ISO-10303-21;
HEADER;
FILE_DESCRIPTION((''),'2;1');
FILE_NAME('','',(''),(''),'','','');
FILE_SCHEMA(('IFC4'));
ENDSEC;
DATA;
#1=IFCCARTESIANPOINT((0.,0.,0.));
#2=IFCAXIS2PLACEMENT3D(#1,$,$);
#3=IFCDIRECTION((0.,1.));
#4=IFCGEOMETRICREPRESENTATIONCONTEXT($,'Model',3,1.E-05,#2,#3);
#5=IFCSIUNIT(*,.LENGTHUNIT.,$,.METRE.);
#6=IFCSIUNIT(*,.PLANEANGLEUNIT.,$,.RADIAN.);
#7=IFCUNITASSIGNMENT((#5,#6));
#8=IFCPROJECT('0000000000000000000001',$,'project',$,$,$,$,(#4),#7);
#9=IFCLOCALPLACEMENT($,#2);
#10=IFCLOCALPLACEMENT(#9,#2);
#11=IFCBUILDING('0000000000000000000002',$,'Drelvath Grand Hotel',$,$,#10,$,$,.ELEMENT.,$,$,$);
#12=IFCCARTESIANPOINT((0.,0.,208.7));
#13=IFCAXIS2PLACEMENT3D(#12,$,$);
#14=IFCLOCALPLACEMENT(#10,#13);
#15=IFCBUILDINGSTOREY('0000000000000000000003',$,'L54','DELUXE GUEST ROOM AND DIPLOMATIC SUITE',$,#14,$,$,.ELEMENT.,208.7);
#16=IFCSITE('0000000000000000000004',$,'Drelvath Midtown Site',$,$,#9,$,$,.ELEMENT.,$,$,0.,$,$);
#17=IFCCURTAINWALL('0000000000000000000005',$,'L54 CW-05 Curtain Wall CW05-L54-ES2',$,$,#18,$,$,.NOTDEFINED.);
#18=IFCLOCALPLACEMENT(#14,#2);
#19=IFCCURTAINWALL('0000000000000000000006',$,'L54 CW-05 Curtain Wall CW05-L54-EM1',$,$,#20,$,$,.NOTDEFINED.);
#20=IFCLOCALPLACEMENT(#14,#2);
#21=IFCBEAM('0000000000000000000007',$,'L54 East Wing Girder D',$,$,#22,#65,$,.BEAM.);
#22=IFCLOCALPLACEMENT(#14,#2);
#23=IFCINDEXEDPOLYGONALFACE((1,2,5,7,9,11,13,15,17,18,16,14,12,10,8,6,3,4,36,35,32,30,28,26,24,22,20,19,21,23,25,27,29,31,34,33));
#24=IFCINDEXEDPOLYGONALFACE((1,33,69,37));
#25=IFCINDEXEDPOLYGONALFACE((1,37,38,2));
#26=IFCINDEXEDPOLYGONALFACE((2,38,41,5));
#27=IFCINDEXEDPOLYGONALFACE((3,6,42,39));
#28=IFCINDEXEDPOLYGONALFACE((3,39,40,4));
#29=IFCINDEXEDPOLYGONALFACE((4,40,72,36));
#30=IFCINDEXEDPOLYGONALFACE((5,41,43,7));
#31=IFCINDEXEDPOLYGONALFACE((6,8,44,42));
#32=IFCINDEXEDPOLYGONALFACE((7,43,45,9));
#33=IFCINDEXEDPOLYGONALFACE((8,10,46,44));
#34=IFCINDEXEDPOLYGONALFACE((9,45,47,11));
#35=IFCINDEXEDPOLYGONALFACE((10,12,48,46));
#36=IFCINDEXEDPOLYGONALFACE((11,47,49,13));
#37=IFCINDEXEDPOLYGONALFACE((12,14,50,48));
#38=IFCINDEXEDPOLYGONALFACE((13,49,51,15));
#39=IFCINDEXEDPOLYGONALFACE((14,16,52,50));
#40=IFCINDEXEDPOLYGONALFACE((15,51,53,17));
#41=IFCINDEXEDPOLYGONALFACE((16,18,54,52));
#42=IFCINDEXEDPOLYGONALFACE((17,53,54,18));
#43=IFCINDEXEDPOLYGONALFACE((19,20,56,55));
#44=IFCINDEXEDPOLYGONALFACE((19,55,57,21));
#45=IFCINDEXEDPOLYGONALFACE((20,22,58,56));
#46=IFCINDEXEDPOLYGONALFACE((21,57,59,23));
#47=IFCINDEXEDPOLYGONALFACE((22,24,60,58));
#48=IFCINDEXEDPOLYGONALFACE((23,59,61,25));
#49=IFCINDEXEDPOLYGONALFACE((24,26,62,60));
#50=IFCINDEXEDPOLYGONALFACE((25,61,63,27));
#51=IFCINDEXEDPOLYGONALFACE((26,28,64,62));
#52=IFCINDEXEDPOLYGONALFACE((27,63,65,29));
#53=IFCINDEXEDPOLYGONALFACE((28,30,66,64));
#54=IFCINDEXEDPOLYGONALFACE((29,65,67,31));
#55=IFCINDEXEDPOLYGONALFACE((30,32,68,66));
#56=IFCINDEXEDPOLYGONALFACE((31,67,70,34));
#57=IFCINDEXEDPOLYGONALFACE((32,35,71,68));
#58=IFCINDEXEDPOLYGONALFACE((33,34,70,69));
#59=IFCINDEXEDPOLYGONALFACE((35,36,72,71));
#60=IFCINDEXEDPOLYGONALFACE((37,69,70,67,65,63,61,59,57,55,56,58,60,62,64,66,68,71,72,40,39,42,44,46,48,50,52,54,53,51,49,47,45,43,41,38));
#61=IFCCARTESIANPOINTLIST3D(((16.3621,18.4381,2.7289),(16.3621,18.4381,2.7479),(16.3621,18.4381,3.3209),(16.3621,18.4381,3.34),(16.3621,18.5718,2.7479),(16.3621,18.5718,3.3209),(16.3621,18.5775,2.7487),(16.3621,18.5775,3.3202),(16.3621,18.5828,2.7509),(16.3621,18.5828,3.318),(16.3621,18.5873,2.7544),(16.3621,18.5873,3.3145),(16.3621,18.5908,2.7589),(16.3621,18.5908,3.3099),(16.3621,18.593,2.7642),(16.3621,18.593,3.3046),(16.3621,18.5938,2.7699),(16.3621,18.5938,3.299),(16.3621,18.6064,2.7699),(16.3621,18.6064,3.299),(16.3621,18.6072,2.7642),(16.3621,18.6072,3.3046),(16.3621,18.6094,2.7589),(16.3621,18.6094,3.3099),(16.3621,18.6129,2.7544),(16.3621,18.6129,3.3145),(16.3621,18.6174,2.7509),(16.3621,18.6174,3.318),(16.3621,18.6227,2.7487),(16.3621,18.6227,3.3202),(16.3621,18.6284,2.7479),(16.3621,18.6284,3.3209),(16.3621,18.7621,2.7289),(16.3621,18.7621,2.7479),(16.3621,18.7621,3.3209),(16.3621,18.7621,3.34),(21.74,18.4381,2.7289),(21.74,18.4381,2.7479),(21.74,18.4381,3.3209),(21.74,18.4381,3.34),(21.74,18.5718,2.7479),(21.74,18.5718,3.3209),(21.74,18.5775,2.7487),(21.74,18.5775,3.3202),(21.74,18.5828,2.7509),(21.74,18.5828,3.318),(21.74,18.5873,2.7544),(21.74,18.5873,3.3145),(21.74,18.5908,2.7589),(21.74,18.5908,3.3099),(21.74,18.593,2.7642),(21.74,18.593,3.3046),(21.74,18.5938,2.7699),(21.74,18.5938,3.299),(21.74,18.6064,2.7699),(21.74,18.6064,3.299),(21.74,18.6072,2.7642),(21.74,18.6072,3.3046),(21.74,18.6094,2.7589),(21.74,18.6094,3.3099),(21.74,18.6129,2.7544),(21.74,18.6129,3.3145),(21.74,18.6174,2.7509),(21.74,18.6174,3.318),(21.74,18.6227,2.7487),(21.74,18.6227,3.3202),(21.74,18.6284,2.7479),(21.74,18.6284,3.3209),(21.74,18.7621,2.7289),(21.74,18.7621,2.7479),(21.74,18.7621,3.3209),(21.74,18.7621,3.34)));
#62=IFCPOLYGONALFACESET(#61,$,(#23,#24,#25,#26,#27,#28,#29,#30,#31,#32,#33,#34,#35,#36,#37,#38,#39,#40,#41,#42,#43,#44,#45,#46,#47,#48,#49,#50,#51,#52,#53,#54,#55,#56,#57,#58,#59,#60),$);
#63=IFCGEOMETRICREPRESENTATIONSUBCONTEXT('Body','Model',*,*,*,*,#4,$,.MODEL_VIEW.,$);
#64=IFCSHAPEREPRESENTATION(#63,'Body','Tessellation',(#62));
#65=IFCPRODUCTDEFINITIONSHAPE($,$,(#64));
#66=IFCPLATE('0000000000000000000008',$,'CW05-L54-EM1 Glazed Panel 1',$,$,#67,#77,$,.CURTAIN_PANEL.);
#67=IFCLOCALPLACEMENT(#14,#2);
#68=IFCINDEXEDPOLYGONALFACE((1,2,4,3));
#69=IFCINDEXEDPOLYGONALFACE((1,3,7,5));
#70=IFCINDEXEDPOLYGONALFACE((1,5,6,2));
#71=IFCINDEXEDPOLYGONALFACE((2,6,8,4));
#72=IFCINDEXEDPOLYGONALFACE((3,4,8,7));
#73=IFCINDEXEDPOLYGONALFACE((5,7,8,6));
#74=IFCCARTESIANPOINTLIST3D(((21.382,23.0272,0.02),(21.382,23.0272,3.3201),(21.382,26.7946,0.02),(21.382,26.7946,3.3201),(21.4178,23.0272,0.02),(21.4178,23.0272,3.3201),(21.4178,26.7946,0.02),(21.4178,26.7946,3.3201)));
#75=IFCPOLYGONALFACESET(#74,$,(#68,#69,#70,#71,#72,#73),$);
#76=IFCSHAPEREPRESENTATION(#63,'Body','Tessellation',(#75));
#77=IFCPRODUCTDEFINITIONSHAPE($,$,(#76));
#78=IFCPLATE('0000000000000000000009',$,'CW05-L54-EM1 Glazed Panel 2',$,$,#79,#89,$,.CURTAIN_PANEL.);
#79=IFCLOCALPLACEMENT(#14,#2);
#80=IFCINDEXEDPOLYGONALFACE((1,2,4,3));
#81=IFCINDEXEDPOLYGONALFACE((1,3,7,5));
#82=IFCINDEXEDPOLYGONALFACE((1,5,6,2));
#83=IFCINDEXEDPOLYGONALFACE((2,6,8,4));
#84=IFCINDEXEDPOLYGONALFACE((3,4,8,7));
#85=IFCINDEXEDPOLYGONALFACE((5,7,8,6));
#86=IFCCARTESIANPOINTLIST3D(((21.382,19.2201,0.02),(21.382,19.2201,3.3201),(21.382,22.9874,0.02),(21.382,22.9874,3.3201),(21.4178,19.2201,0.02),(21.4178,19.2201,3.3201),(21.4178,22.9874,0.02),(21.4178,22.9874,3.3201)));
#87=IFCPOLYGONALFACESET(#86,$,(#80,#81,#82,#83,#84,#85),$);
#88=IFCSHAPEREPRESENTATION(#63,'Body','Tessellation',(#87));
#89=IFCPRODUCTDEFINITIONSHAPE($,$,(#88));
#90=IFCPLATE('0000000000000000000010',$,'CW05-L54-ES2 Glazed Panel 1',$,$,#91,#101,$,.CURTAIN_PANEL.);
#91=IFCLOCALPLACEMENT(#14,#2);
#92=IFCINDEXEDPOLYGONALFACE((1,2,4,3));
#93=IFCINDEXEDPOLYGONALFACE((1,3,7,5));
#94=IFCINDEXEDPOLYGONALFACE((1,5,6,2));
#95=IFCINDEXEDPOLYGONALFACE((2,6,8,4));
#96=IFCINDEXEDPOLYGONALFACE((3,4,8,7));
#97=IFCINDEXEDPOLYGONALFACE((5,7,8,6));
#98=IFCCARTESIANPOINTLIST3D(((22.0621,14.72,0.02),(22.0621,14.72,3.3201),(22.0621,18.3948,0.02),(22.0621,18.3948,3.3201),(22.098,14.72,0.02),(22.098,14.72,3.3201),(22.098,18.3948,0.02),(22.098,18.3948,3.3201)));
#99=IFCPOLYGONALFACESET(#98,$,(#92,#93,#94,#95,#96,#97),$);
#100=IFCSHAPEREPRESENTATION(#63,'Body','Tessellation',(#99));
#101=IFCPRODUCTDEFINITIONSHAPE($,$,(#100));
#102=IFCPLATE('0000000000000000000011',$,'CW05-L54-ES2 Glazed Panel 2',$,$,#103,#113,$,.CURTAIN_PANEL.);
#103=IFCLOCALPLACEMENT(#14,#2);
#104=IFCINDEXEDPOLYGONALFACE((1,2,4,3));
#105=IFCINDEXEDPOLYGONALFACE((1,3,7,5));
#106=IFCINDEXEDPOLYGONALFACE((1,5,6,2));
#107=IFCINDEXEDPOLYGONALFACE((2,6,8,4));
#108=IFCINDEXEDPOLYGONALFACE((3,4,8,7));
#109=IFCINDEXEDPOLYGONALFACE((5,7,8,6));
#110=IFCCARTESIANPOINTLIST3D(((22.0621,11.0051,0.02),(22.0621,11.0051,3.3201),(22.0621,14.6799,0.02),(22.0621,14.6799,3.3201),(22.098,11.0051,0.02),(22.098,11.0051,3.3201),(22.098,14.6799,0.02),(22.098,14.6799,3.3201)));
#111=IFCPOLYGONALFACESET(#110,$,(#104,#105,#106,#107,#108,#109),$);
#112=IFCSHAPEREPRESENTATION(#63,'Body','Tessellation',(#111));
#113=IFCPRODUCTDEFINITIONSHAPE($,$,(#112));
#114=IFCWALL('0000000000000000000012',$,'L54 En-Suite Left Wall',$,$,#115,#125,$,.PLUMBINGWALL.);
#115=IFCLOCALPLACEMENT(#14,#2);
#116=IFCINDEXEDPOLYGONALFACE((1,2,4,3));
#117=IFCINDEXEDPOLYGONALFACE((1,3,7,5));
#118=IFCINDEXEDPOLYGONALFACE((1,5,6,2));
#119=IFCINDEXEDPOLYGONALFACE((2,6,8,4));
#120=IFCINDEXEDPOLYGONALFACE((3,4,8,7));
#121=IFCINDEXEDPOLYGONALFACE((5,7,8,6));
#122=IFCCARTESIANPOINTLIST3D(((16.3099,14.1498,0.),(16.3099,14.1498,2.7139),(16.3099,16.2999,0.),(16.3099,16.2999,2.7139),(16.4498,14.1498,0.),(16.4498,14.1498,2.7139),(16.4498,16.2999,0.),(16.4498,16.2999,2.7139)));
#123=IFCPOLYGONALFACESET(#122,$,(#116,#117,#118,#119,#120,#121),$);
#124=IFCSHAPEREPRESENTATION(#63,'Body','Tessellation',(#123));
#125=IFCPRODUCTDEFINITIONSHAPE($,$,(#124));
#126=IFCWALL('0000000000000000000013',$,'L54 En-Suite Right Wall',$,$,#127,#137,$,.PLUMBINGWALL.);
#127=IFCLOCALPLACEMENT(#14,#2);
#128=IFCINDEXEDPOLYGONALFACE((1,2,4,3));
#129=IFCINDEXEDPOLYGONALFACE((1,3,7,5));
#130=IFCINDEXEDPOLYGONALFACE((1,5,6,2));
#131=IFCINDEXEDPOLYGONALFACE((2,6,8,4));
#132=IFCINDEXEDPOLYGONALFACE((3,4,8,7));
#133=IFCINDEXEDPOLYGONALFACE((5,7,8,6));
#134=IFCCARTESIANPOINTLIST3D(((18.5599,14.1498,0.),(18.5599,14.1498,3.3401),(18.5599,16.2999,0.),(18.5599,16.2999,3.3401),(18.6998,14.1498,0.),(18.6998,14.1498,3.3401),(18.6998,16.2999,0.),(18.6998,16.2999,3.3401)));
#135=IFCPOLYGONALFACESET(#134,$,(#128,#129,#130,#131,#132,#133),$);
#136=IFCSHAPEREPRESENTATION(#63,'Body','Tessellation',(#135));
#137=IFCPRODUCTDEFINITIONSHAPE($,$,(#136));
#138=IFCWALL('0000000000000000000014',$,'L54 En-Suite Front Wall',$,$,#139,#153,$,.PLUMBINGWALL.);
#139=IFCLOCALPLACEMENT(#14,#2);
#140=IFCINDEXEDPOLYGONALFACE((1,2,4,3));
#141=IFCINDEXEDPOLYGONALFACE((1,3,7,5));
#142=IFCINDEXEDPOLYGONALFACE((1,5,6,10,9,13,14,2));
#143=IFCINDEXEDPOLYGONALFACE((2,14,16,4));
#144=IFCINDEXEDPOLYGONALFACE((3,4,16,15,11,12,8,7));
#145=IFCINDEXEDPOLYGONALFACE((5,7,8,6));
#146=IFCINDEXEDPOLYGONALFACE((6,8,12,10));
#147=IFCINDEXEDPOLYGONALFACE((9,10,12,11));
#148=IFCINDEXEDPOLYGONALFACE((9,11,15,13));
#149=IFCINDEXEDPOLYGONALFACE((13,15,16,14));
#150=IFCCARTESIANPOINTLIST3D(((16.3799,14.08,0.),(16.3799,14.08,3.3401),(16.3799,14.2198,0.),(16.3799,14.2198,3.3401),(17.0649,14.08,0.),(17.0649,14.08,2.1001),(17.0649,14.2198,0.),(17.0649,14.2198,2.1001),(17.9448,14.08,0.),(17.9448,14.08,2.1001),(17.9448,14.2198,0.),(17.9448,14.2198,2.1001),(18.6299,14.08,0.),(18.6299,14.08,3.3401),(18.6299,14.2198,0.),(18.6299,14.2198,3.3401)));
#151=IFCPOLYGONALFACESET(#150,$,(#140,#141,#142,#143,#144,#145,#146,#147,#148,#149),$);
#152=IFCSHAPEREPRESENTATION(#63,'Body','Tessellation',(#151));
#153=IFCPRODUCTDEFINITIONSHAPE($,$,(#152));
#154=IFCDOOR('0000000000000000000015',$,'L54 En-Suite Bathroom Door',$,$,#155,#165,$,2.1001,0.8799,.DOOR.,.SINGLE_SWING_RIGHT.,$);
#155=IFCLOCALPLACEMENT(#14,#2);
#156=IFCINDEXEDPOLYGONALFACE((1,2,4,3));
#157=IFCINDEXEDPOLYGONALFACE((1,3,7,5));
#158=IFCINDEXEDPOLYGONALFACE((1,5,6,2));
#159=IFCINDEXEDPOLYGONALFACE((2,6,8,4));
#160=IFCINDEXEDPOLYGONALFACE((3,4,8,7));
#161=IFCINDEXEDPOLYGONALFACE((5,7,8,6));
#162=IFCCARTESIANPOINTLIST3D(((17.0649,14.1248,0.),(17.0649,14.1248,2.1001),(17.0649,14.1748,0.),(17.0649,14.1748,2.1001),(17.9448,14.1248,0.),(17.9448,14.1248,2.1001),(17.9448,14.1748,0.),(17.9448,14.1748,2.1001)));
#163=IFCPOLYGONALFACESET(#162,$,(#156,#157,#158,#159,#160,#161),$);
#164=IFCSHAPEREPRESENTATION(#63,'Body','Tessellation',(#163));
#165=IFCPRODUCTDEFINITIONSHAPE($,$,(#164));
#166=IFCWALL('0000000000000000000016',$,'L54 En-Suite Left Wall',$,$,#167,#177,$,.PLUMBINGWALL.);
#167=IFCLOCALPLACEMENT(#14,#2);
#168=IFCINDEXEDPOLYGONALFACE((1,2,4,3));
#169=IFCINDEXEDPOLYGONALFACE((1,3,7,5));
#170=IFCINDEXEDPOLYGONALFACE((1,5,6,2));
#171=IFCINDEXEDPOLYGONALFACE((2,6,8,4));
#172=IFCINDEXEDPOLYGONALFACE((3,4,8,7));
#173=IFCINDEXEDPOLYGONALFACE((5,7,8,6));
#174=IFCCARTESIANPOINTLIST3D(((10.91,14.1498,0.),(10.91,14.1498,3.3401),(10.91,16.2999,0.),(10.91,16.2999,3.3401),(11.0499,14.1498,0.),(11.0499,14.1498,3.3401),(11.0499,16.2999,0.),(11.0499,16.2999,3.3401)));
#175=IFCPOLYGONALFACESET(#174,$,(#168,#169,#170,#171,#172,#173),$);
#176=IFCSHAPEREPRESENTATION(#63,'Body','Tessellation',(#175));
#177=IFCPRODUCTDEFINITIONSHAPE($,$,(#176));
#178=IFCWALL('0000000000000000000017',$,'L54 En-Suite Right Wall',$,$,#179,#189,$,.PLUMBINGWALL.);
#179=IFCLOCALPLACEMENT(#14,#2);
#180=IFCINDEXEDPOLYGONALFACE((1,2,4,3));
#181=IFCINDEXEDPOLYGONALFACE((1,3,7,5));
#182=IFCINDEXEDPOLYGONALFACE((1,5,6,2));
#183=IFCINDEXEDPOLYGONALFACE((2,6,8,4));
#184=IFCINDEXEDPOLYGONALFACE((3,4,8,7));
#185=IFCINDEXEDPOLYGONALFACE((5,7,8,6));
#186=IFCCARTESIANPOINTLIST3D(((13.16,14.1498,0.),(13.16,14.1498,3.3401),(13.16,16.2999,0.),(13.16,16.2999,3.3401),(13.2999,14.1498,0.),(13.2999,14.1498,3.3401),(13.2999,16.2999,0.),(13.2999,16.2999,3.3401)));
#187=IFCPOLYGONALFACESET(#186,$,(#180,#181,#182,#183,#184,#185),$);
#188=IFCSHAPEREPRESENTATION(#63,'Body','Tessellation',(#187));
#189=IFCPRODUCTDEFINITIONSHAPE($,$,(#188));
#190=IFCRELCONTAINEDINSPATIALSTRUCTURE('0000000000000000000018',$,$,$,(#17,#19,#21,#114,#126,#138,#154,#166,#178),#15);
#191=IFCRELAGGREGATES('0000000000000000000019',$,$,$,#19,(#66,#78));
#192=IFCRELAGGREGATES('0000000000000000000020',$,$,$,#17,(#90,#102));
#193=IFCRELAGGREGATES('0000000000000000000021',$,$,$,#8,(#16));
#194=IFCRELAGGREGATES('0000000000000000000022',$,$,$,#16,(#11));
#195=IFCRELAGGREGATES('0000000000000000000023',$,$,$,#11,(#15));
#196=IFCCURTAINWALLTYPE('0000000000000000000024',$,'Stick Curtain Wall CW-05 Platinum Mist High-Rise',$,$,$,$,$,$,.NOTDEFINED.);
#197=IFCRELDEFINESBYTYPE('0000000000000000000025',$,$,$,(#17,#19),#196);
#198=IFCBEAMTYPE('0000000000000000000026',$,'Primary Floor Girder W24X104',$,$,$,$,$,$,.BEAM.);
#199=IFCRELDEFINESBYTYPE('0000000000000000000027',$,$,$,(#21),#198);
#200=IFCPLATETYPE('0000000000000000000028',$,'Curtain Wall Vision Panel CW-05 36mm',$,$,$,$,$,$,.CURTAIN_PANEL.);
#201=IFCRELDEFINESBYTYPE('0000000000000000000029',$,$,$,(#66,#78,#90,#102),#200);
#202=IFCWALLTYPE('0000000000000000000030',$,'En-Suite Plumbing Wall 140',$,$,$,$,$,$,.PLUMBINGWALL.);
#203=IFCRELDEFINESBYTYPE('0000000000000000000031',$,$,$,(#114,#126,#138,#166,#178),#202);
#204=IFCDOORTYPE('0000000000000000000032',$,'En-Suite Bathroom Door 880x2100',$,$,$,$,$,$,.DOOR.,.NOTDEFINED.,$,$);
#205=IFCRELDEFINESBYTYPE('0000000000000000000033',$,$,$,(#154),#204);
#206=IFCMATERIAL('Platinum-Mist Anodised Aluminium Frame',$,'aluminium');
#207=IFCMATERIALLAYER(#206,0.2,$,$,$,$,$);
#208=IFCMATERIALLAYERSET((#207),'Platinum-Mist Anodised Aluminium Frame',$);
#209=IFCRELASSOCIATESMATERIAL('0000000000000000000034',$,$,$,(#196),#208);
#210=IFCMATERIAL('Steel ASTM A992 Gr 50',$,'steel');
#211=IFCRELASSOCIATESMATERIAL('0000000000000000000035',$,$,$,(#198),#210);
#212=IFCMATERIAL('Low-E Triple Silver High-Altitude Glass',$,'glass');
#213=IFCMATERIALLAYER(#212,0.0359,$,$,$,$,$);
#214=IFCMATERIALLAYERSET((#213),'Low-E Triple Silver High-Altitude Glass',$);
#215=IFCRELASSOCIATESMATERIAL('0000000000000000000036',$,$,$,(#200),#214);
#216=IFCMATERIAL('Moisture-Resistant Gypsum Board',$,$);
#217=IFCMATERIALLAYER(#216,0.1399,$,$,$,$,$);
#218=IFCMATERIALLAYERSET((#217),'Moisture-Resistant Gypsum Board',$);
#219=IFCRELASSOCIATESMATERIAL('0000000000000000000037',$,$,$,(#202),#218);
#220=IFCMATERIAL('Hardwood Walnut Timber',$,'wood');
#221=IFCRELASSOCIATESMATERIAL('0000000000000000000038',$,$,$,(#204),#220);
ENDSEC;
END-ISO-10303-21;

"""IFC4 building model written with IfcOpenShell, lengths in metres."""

from ifc_helpers import new_model, si_unit, direction, frame, frame_2d, origin, origin_2d, place, context, subcontext, project, spatial, rectangle, i_section, extrude, material, layer, layer_set, material_profile, profile_set, type_object, element, fill, aggregate, save


model = new_model("IFC4")

# Units and contexts
model_context = context("Model", 3, precision=1e-05, world=origin(), true_north=direction((0.0, 1.0)))
body_context = subcontext(model_context, "Body", "Model", "MODEL_VIEW")
ifc_project = project(units=[si_unit("LENGTHUNIT", "METRE"), si_unit("PLANEANGLEUNIT", "RADIAN")], contexts=[model_context])

# Site, building, storey
site_placement = place(None, origin())
site = spatial("IfcSite", under=ifc_project, at=site_placement, Name="Drelvath Midtown Site", CompositionType="ELEMENT", RefElevation=0.0)
building_placement = place(site_placement, origin())
building = spatial("IfcBuilding", under=site, at=building_placement, Name="Drelvath Grand Hotel", CompositionType="ELEMENT")
storey_placement = place(building_placement, frame((0.0, 0.0, 208.7)))
storey = spatial("IfcBuildingStorey", under=building, at=storey_placement, Name="L54", Description="DELUXE GUEST ROOM AND DIPLOMATIC SUITE", CompositionType="ELEMENT", Elevation=208.7)

# Curtain wall
ifc_material_1 = material(Name="Platinum-Mist Anodised Aluminium Frame", Category="aluminium")
ifc_layer_1 = layer(ifc_material_1, 0.2)
ifc_layer_set_1 = layer_set([ifc_layer_1], Name="Platinum-Mist Anodised Aluminium Frame")
curtain_wall_type = type_object("IfcCurtainWallType", Name="Stick Curtain Wall CW-05 Platinum Mist High-Rise", PredefinedType="NOTDEFINED", material=ifc_layer_set_1)
curtain_wall_1_placement = place(storey_placement, origin())
curtain_wall_1 = element("IfcCurtainWall", 1, at=curtain_wall_1_placement, inside=storey, type_object=curtain_wall_type, Name="L54 CW-05 Curtain Wall CW05-L54-ES2", PredefinedType="NOTDEFINED")

# Curtain wall
curtain_wall_2_placement = place(storey_placement, origin())
curtain_wall_2 = element("IfcCurtainWall", 2, at=curtain_wall_2_placement, inside=storey, type_object=curtain_wall_type, Name="L54 CW-05 Curtain Wall CW05-L54-EM1", PredefinedType="NOTDEFINED")

# Beam
ifc_material_2 = material(Name="Steel ASTM A992 Gr 50", Category="steel")
ifc_material_profile_1 = material_profile(ifc_material_2, i_section(OverallWidth=0.324, OverallDepth=0.6111, WebThickness=0.0127, FlangeThickness=0.019, FilletRadius=0.022, at=origin_2d()), Name="W24X104")
ifc_profile_set_1 = profile_set([ifc_material_profile_1], Name="Steel ASTM A992 Gr 50")
beam_type_1 = type_object("IfcBeamType", Name="Primary Floor Girder W24X104", PredefinedType="BEAM", material=ifc_profile_set_1)
beam_1_placement = place(storey_placement, frame((16.3621, 18.6001, 3.0344), z_axis=(1.0, 0.0, 0.0), x_axis=(0.0, 1.0, 0.0)))
element("IfcBeam", 3, at=beam_1_placement, inside=storey, type_object=beam_type_1, Name="L54 East Wing Girder D", PredefinedType="BEAM", context=body_context, shape_type="SweptSolid", body=[
    extrude(i_section(OverallWidth=0.324, OverallDepth=0.6111, WebThickness=0.0127, FlangeThickness=0.019, FilletRadius=0.022, at=origin_2d()), origin(), (0.0, 0.0, 1.0), 5.3779),
])

# Plates
ifc_material_3 = material(Name="Low-E Triple Silver High-Altitude Glass", Category="glass")
ifc_layer_2 = layer(ifc_material_3, 0.0359)
ifc_layer_set_2 = layer_set([ifc_layer_2], Name="Low-E Triple Silver High-Altitude Glass")
plate_type = type_object("IfcPlateType", Name="Curtain Wall Vision Panel CW-05 36mm", PredefinedType="CURTAIN_PANEL", material=ifc_layer_set_2)
plate_1_placement = place(storey_placement, frame((21.3999, 24.9109, 0.02), z_axis=(0.0, 0.0, 1.0), x_axis=(0.0, -1.0, 0.0)))
plate_1 = element("IfcPlate", 4, at=plate_1_placement, type_object=plate_type, Name="CW05-L54-EM1 Glazed Panel 1", PredefinedType="CURTAIN_PANEL", context=body_context, shape_type="SweptSolid", body=[
    extrude(rectangle(XDim=3.7673, YDim=0.0359, at=origin_2d()), origin(), (0.0, 0.0, 1.0), 3.3),
])
plate_2_placement = place(storey_placement, frame((21.3999, 21.1038, 0.02), z_axis=(0.0, 0.0, 1.0), x_axis=(0.0, -1.0, 0.0)))
plate_2 = element("IfcPlate", 5, at=plate_2_placement, type_object=plate_type, Name="CW05-L54-EM1 Glazed Panel 2", PredefinedType="CURTAIN_PANEL", context=body_context, shape_type="SweptSolid", body=[
    extrude(rectangle(XDim=3.7673, YDim=0.0359, at=origin_2d()), origin(), (0.0, 0.0, 1.0), 3.3),
])
aggregate(curtain_wall_2, [plate_1, plate_2])
plate_3_placement = place(storey_placement, frame((22.0801, 16.5574, 0.02), z_axis=(0.0, 0.0, 1.0), x_axis=(0.0, -1.0, 0.0)))
plate_3 = element("IfcPlate", 6, at=plate_3_placement, type_object=plate_type, Name="CW05-L54-ES2 Glazed Panel 1", PredefinedType="CURTAIN_PANEL", context=body_context, shape_type="SweptSolid", body=[
    extrude(rectangle(XDim=3.6748, YDim=0.0359, at=origin_2d()), origin(), (0.0, 0.0, 1.0), 3.3),
])
plate_4_placement = place(storey_placement, frame((22.0801, 12.8425, 0.02), z_axis=(0.0, 0.0, 1.0), x_axis=(0.0, -1.0, 0.0)))
plate_4 = element("IfcPlate", 7, at=plate_4_placement, type_object=plate_type, Name="CW05-L54-ES2 Glazed Panel 2", PredefinedType="CURTAIN_PANEL", context=body_context, shape_type="SweptSolid", body=[
    extrude(rectangle(XDim=3.6748, YDim=0.0359, at=origin_2d()), origin(), (0.0, 0.0, 1.0), 3.3),
])
aggregate(curtain_wall_1, [plate_3, plate_4])

# Walls
ifc_material_4 = material(Name="Moisture-Resistant Gypsum Board")
ifc_layer_3 = layer(ifc_material_4, 0.1399)
ifc_layer_set_3 = layer_set([ifc_layer_3], Name="Moisture-Resistant Gypsum Board")
wall_type_1 = type_object("IfcWallType", Name="En-Suite Plumbing Wall 140", PredefinedType="PLUMBINGWALL", material=ifc_layer_set_3)
wall_1_placement = place(storey_placement, frame((16.3799, 16.3, 0.0), z_axis=(0.0, 0.0, 1.0), x_axis=(0.0, -1.0, 0.0)))
element("IfcWall", 8, at=wall_1_placement, inside=storey, type_object=wall_type_1, Name="L54 En-Suite Left Wall", PredefinedType="PLUMBINGWALL", context=body_context, shape_type="SweptSolid", body=[
    extrude(rectangle(XDim=2.1501, YDim=0.1399, at=frame_2d((1.0752, 0.0))), origin(), (0.0, 0.0, 1.0), 2.7139),
])
wall_2_placement = place(storey_placement, frame((18.6299, 16.3, 0.0), z_axis=(0.0, 0.0, 1.0), x_axis=(0.0, -1.0, 0.0)))
element("IfcWall", 9, at=wall_2_placement, inside=storey, type_object=wall_type_1, Name="L54 En-Suite Right Wall", PredefinedType="PLUMBINGWALL", context=body_context, shape_type="SweptSolid", body=[
    extrude(rectangle(XDim=2.1501, YDim=0.1399, at=frame_2d((1.0752, 0.0))), origin(), (0.0, 0.0, 1.0), 3.3401),
])

# Wall, opening, door
wall_3_placement = place(storey_placement, frame((16.3799, 14.1499, 0.0), z_axis=(0.0, 0.0, 1.0), x_axis=(1.0, 0.0, 0.0)))
wall_3 = element("IfcWall", 10, at=wall_3_placement, inside=storey, type_object=wall_type_1, Name="L54 En-Suite Front Wall", PredefinedType="PLUMBINGWALL", context=body_context, shape_type="SweptSolid", body=[
    extrude(rectangle(XDim=2.25, YDim=0.1399, at=frame_2d((1.125, 0.0))), origin(), (0.0, 0.0, 1.0), 3.3401),
])
opening_1_placement = place(wall_3_placement, frame((0.6851, 0.0, 0.0)))
opening_1 = element("IfcOpeningElement", 11, at=opening_1_placement, cuts=wall_3, PredefinedType="OPENING", context=body_context, shape_type="SweptSolid", body=[
    extrude(rectangle(XDim=0.8799, YDim=2.1001, at=frame_2d((0.4399, 1.05))), frame((0.0, 0.0798, 0.0), z_axis=(0.0, -1.0, 0.0), x_axis=(1.0, 0.0, 0.0)), (0.0, 0.0, 1.0), 0.1599),
])
ifc_material_5 = material(Name="Hardwood Walnut Timber", Category="wood")
door_type = type_object("IfcDoorType", Name="En-Suite Bathroom Door 880x2100", OperationType="NOTDEFINED", PredefinedType="DOOR", material=ifc_material_5)
door_1_placement = place(opening_1_placement, origin())
door_1 = element("IfcDoor", 12, at=door_1_placement, inside=storey, type_object=door_type, Name="L54 En-Suite Bathroom Door", OperationType="SINGLE_SWING_RIGHT", OverallHeight=2.1001, OverallWidth=0.8799, PredefinedType="DOOR", context=body_context, shape_type="SweptSolid", body=[
    extrude(rectangle(XDim=0.8799, YDim=2.1001, at=frame_2d((0.4399, 1.05))), frame((0.0, 0.0249, 0.0), z_axis=(0.0, -1.0, 0.0), x_axis=(1.0, 0.0, 0.0)), (0.0, 0.0, 1.0), 0.05),
])
fill(opening_1, door_1)

# Walls
for number, where, z_axis, x_axis, name in (
    (13, (10.98, 16.3, 0.0), (0.0, 0.0, 1.0), (0.0, -1.0, 0.0), "L54 En-Suite Left Wall"),
    (14, (13.23, 16.3, 0.0), (0.0, 0.0, 1.0), (0.0, -1.0, 0.0), "L54 En-Suite Right Wall"),
):
    element("IfcWall", number, at=place(storey_placement, frame(where, z_axis=z_axis, x_axis=x_axis)), inside=storey, type_object=wall_type_1, Name=name, PredefinedType="PLUMBINGWALL", context=body_context, shape_type="SweptSolid", body=[
        extrude(rectangle(XDim=2.1501, YDim=0.1399, at=frame_2d((1.0752, 0.0))), origin(), (0.0, 0.0, 1.0), 3.3401),
    ])

save(model, "model.ifc")
